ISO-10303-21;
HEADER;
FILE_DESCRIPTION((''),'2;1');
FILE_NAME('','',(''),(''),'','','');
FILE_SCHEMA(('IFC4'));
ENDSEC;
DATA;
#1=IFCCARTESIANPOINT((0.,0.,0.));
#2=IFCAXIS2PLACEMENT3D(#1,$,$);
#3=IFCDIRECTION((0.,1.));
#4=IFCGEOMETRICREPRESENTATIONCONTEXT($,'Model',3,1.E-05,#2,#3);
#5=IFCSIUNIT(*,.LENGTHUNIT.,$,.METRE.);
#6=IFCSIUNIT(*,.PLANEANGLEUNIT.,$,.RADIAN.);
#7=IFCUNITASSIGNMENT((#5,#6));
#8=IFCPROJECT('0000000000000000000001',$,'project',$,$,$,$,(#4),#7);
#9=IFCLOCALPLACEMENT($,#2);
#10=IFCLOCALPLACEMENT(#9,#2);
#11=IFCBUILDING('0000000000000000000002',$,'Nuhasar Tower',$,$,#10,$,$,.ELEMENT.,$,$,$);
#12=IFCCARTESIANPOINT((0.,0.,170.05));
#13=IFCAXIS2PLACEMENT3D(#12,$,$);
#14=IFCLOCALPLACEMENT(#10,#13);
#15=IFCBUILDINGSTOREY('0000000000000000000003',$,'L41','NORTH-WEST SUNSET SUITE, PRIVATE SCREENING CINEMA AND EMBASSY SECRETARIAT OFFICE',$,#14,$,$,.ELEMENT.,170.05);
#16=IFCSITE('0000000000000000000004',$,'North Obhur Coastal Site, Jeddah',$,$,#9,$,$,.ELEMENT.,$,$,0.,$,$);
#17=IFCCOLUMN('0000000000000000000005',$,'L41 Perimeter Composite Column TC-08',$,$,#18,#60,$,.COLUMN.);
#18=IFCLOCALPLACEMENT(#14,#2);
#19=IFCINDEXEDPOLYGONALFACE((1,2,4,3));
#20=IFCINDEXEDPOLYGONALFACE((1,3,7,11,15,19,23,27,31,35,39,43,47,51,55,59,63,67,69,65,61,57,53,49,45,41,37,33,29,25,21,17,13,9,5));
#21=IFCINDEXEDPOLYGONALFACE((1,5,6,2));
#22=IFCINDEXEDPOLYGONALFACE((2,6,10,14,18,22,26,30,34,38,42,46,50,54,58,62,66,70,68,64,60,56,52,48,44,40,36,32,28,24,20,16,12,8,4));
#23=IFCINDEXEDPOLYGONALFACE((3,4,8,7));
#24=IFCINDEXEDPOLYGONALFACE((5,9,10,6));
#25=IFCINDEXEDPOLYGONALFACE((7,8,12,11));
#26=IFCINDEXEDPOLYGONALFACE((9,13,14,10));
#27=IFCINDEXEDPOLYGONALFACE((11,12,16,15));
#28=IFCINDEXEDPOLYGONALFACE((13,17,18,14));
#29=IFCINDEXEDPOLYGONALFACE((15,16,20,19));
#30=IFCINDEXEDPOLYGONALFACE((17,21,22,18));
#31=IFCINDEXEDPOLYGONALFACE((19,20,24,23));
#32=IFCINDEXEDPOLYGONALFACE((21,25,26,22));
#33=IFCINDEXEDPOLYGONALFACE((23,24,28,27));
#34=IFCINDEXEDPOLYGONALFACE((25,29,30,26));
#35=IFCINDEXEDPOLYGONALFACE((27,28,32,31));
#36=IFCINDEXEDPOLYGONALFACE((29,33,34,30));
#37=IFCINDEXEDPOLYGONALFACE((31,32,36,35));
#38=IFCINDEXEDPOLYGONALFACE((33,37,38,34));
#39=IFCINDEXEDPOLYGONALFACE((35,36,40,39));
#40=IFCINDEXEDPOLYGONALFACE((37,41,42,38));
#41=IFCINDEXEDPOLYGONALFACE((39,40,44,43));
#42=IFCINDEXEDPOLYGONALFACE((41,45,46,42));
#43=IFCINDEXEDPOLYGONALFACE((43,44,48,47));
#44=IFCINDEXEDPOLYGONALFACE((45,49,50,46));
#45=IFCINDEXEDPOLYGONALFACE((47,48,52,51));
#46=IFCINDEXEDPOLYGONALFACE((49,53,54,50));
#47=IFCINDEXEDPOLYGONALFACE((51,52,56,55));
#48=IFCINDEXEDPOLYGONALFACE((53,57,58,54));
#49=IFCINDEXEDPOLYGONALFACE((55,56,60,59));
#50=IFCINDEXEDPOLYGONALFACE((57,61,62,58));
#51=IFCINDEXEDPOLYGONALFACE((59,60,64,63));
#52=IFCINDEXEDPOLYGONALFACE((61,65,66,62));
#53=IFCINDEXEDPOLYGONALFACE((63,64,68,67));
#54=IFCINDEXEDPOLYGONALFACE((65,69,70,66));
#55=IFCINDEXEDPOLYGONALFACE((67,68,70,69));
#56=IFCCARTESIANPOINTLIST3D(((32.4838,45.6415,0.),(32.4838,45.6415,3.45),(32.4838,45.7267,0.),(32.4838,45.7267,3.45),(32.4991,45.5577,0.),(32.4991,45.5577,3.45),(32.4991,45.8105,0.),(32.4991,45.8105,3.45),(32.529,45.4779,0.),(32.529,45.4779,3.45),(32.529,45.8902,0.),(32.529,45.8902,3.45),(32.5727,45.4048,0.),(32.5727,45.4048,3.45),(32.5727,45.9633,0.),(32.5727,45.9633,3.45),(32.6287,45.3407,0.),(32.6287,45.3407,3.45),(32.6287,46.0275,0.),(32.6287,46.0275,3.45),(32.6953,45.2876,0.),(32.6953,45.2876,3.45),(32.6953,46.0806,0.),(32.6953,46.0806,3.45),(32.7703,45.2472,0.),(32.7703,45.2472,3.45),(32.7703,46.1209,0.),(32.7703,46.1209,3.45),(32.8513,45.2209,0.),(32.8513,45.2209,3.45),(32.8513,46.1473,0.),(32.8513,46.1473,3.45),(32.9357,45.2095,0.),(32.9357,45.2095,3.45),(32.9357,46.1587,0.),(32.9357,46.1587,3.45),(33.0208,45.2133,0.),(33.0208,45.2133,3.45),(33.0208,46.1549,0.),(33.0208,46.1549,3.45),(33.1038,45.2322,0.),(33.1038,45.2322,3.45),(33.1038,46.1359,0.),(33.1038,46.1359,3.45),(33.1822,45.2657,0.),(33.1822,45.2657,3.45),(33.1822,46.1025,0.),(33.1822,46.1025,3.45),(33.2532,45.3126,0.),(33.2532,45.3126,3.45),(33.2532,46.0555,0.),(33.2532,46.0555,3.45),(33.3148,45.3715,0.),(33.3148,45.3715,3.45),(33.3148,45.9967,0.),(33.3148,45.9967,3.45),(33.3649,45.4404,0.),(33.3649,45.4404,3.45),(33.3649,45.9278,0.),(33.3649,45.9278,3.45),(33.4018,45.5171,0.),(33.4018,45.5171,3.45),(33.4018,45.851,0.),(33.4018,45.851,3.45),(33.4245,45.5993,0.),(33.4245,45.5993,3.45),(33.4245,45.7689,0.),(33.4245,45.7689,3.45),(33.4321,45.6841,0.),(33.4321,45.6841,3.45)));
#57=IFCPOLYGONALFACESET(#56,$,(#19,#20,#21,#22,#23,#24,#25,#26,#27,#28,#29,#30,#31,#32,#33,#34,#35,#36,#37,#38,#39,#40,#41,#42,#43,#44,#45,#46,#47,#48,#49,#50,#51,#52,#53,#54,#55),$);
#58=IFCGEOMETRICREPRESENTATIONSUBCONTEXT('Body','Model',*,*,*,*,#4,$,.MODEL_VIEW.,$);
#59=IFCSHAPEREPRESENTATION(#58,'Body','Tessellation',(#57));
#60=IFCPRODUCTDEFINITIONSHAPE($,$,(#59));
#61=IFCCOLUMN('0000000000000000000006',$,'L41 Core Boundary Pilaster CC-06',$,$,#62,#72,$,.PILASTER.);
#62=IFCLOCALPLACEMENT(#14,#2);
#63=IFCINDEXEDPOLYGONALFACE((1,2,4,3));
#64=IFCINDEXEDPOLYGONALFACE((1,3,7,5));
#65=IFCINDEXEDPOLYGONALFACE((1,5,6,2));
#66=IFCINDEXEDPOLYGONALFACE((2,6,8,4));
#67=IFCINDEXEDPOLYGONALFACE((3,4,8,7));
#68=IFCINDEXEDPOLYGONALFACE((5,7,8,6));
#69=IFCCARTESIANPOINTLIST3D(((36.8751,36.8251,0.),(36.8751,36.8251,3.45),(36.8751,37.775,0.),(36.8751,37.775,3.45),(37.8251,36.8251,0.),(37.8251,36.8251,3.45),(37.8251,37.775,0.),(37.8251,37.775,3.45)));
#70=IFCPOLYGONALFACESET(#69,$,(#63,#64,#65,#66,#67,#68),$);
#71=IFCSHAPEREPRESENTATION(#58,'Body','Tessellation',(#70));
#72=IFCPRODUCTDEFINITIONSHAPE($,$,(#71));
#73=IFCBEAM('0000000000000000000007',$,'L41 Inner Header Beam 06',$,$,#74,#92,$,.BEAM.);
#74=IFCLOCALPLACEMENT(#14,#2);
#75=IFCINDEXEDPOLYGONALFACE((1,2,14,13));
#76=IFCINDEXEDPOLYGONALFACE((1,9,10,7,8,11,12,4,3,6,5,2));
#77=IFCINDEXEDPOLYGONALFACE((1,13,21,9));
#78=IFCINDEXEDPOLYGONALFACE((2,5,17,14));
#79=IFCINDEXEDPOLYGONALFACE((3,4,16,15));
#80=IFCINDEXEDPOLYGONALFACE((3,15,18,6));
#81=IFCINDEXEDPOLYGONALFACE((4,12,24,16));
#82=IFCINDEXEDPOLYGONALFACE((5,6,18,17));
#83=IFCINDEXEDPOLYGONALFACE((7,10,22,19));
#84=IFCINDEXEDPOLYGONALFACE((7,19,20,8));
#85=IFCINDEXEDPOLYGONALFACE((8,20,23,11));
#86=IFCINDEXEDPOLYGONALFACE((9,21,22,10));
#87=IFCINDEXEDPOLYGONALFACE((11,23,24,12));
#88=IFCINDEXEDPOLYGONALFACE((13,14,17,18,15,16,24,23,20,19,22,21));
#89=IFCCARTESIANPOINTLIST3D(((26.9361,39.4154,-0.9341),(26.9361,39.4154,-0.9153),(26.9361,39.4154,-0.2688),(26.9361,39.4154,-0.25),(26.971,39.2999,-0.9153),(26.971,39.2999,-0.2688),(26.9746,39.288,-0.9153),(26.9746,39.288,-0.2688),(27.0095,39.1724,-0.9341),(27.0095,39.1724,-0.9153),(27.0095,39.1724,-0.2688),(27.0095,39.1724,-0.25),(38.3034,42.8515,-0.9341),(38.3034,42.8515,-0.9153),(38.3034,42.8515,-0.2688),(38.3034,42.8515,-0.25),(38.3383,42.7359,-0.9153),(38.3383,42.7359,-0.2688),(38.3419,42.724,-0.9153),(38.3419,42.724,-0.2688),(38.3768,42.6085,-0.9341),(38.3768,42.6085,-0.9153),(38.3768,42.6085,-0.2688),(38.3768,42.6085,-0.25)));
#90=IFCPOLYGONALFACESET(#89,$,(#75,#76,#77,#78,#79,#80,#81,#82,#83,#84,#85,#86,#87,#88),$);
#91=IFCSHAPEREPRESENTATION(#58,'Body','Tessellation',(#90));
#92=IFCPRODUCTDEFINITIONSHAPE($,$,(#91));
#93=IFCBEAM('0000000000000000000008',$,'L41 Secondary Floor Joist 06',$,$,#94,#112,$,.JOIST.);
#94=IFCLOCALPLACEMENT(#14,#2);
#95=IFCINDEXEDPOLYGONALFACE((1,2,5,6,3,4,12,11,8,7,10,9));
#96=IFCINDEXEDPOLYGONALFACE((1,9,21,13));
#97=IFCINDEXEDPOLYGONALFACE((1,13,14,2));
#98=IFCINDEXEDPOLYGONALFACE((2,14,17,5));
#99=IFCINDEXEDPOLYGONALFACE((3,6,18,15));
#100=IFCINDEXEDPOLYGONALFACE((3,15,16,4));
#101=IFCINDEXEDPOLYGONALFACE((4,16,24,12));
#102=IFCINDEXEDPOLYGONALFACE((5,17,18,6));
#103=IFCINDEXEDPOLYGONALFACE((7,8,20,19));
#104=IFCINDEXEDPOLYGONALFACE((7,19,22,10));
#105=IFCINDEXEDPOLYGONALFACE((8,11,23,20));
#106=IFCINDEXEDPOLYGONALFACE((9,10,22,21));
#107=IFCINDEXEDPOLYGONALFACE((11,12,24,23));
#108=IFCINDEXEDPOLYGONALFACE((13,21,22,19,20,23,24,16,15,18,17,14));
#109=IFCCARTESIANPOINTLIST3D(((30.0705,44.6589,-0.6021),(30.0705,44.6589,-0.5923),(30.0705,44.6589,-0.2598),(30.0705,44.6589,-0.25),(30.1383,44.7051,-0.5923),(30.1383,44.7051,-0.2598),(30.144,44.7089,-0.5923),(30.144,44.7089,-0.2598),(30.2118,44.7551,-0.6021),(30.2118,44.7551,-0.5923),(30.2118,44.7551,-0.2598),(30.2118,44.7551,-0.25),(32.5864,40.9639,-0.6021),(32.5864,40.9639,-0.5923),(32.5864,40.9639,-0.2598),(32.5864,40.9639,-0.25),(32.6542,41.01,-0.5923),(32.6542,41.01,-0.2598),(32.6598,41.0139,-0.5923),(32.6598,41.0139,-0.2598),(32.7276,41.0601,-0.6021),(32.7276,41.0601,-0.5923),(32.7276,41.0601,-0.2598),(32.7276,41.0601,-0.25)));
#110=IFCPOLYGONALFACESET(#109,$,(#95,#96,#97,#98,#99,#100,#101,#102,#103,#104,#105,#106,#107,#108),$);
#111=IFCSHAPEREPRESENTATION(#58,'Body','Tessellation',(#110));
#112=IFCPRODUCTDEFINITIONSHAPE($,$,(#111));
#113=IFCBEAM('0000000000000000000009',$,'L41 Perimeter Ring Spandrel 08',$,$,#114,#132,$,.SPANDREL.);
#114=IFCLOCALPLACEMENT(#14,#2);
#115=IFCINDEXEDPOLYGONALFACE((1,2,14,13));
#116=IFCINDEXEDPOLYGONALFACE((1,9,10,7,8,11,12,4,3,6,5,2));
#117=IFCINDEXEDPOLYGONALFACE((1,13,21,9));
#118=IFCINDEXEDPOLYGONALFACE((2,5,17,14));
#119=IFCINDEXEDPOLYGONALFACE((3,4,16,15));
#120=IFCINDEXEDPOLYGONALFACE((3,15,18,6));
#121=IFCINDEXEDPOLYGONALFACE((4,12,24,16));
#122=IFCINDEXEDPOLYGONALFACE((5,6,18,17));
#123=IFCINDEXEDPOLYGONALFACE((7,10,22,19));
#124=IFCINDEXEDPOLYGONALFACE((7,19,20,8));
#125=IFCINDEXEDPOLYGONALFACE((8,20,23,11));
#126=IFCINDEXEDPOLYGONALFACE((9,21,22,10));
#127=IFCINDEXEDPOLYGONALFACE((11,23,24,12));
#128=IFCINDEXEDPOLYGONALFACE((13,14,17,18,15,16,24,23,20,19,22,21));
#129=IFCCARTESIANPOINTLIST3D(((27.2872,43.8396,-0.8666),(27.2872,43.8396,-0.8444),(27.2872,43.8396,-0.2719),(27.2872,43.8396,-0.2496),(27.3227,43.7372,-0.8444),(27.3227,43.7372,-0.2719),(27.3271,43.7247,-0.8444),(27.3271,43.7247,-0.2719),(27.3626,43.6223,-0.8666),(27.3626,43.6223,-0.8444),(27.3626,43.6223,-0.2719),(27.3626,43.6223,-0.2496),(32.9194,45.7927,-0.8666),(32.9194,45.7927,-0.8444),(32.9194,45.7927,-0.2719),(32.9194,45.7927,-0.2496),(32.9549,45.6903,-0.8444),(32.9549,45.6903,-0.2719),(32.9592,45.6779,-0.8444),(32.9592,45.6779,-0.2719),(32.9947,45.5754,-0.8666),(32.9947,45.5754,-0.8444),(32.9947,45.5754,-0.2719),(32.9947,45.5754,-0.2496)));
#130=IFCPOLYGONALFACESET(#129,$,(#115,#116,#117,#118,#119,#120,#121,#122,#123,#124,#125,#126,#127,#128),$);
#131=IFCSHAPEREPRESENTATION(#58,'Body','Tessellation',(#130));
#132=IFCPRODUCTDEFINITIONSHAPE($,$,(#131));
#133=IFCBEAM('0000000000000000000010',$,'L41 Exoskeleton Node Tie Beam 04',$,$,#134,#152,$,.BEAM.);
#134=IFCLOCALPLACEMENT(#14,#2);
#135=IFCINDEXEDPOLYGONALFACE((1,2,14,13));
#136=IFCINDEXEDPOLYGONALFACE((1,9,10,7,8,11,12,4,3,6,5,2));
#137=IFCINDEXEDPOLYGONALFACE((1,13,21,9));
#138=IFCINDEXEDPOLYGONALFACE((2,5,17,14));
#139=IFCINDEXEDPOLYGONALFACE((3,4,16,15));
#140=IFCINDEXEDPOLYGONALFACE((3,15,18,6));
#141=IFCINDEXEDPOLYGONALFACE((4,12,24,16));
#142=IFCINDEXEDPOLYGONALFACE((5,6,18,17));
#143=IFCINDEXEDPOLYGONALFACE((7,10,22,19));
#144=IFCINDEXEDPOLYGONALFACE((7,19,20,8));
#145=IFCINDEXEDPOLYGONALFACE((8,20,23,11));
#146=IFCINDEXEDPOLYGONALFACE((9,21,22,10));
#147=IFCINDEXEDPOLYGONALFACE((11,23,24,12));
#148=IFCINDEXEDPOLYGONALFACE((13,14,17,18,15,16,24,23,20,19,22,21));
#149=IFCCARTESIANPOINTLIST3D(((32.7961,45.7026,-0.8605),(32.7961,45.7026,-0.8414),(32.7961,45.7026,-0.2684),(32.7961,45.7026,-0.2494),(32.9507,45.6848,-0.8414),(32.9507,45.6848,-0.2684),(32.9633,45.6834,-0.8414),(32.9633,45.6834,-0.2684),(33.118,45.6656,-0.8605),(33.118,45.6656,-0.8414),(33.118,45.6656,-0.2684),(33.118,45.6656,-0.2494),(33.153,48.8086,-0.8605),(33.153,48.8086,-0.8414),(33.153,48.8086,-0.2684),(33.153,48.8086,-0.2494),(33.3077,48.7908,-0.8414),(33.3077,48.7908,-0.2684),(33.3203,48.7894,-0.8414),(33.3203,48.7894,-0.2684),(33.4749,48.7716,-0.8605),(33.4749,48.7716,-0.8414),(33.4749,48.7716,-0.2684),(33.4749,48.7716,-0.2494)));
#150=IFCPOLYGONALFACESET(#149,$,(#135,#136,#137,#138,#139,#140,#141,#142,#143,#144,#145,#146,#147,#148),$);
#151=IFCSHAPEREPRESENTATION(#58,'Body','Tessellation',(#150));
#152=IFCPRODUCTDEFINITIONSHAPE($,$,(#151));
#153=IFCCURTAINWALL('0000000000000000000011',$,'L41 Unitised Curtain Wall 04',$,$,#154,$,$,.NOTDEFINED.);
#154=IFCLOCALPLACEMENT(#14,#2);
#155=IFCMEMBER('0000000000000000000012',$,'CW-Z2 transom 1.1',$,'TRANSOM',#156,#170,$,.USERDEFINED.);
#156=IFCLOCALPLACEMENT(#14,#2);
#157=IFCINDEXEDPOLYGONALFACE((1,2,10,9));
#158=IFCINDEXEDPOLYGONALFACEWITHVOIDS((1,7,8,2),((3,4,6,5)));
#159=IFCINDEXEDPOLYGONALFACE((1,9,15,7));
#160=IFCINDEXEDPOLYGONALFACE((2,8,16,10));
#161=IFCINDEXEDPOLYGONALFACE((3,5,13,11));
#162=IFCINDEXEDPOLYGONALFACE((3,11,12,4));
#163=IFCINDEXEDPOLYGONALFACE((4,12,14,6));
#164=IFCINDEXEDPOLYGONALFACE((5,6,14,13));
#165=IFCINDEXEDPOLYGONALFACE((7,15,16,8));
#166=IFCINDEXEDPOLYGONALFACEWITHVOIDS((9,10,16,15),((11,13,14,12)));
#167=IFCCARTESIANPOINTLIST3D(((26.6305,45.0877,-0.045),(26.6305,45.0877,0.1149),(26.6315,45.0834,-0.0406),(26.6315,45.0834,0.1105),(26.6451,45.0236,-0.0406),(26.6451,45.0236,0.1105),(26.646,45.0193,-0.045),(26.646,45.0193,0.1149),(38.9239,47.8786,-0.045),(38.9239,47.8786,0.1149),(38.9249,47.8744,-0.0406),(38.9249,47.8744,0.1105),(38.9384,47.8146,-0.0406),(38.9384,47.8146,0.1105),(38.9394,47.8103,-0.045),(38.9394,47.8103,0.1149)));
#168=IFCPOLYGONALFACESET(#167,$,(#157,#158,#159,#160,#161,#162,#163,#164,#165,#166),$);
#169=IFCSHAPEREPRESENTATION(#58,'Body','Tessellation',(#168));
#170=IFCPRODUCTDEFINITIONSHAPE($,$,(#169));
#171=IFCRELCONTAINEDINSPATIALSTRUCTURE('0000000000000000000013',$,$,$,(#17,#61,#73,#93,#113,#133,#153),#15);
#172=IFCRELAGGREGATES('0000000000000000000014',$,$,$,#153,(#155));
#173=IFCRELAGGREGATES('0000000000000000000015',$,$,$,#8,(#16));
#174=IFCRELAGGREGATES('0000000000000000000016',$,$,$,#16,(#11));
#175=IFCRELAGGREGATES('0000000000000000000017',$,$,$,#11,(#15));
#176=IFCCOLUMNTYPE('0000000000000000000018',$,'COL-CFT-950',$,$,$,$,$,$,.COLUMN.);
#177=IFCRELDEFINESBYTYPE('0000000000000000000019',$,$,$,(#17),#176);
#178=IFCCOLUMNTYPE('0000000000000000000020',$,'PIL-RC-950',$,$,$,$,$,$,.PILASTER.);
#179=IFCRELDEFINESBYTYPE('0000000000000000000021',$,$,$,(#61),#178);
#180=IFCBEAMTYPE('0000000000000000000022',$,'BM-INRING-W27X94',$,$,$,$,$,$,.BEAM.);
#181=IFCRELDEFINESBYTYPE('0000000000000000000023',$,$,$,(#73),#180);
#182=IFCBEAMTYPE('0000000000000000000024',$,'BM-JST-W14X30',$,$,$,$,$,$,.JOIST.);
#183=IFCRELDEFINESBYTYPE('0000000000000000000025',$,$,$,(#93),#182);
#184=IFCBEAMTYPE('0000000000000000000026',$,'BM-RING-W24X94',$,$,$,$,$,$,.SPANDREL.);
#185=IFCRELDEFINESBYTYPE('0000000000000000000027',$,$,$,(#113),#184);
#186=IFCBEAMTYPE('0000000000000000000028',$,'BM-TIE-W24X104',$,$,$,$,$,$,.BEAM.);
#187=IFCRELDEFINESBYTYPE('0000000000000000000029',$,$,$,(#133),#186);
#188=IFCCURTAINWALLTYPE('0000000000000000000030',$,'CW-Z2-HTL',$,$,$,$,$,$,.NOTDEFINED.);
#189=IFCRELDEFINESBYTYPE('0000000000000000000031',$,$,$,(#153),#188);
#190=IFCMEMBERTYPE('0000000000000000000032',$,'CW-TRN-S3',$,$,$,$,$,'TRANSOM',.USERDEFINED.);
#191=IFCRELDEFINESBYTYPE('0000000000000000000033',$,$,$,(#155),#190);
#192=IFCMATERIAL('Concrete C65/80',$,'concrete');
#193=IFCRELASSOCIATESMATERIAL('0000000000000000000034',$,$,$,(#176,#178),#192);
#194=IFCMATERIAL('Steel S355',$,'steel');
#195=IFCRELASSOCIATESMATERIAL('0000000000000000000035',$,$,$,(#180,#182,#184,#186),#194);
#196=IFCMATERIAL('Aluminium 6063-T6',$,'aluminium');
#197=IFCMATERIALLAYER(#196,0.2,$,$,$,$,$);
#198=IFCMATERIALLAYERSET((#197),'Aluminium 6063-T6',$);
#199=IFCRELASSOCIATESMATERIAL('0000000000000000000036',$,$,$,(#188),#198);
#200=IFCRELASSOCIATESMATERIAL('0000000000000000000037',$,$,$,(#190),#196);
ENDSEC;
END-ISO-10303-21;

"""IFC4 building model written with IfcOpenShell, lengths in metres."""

from ifc_helpers import new_model, si_unit, direction, frame, origin, origin_2d, place, context, subcontext, project, spatial, rectangle, hollow_rectangle, circle, i_section, extrude, material, layer, layer_set, material_profile, profile_set, type_object, element, aggregate, save


model = new_model("IFC4")

# Units and contexts
model_context = context("Model", 3, precision=1e-05, world=origin(), true_north=direction((0.0, 1.0)))
body_context = subcontext(model_context, "Body", "Model", "MODEL_VIEW")
ifc_project = project(units=[si_unit("LENGTHUNIT", "METRE"), si_unit("PLANEANGLEUNIT", "RADIAN")], contexts=[model_context])

# Site, building, storey
site_placement = place(None, origin())
site = spatial("IfcSite", under=ifc_project, at=site_placement, Name="North Obhur Coastal Site, Jeddah", CompositionType="ELEMENT", RefElevation=0.0)
building_placement = place(site_placement, origin())
building = spatial("IfcBuilding", under=site, at=building_placement, Name="Nuhasar Tower", CompositionType="ELEMENT")
storey_placement = place(building_placement, frame((0.0, 0.0, 170.05)))
storey = spatial("IfcBuildingStorey", under=building, at=storey_placement, Name="L41", Description="NORTH-WEST SUNSET SUITE, PRIVATE SCREENING CINEMA AND EMBASSY SECRETARIAT OFFICE", CompositionType="ELEMENT", Elevation=170.05)

# Columns
ifc_material_1 = material(Name="Concrete C65/80", Category="concrete")
ifc_material_profile_1 = material_profile(ifc_material_1, circle(Radius=0.4751, at=origin_2d()), Name="CFT950")
ifc_profile_set_1 = profile_set([ifc_material_profile_1], Name="Concrete C65/80")
column_type_1 = type_object("IfcColumnType", Name="COL-CFT-950", PredefinedType="COLUMN", material=ifc_profile_set_1)
column_1_placement = place(storey_placement, frame((32.957, 45.6841, 0.0), z_axis=(0.0, 0.0, 1.0), x_axis=(1.0, 0.0, 0.0)))
element("IfcColumn", 1, at=column_1_placement, inside=storey, type_object=column_type_1, Name="L41 Perimeter Composite Column TC-08", PredefinedType="COLUMN", context=body_context, shape_type="SweptSolid", body=[
    extrude(circle(Radius=0.4751, at=origin_2d()), origin(), (0.0, 0.0, 1.0), 3.45),
])
ifc_material_profile_2 = material_profile(ifc_material_1, rectangle(XDim=0.95, YDim=0.95, at=origin_2d()), Name="RC950X950")
ifc_profile_set_2 = profile_set([ifc_material_profile_2], Name="Concrete C65/80")
column_type_2 = type_object("IfcColumnType", Name="PIL-RC-950", PredefinedType="PILASTER", material=ifc_profile_set_2)
column_2_placement = place(storey_placement, frame((37.3501, 37.3, 0.0), z_axis=(0.0, 0.0, 1.0), x_axis=(1.0, 0.0, 0.0)))
element("IfcColumn", 2, at=column_2_placement, inside=storey, type_object=column_type_2, Name="L41 Core Boundary Pilaster CC-06", PredefinedType="PILASTER", context=body_context, shape_type="SweptSolid", body=[
    extrude(rectangle(XDim=0.95, YDim=0.95, at=origin_2d()), origin(), (0.0, 0.0, 1.0), 3.45),
])

# Beams
ifc_material_2 = material(Name="Steel S355", Category="steel")
ifc_material_profile_3 = material_profile(ifc_material_2, i_section(OverallWidth=0.2539, OverallDepth=0.6841, WebThickness=0.0125, FlangeThickness=0.0188, at=origin_2d()), Name="W27X94")
ifc_profile_set_3 = profile_set([ifc_material_profile_3], Name="Steel S355")
beam_type_1 = type_object("IfcBeamType", Name="BM-INRING-W27X94", PredefinedType="BEAM", material=ifc_profile_set_3)
beam_1_placement = place(storey_placement, frame((38.3401, 42.73, -0.592), z_axis=(-0.957224, -0.289347, 0.0), x_axis=(0.289347, -0.957224, 0.0)))
element("IfcBeam", 3, at=beam_1_placement, inside=storey, type_object=beam_type_1, Name="L41 Inner Header Beam 06", PredefinedType="BEAM", context=body_context, shape_type="SweptSolid", body=[
    extrude(i_section(OverallWidth=0.2539, OverallDepth=0.6841, WebThickness=0.0125, FlangeThickness=0.0188, at=origin_2d()), origin(), (0.0, 0.0, 1.0), 11.8752),
])
ifc_material_profile_4 = material_profile(ifc_material_2, i_section(OverallWidth=0.1709, OverallDepth=0.3521, WebThickness=0.0068, FlangeThickness=0.0098, at=origin_2d()), Name="W14X30")
ifc_profile_set_4 = profile_set([ifc_material_profile_4], Name="Steel S355")
beam_type_2 = type_object("IfcBeamType", Name="BM-JST-W14X30", PredefinedType="JOIST", material=ifc_profile_set_4)
beam_2_placement = place(storey_placement, frame((32.657, 41.012, -0.426), z_axis=(-0.562803, 0.826591, 0.0), x_axis=(-0.826591, -0.562803, 0.0)))
element("IfcBeam", 4, at=beam_2_placement, inside=storey, type_object=beam_type_2, Name="L41 Secondary Floor Joist 06", PredefinedType="JOIST", context=body_context, shape_type="SweptSolid", body=[
    extrude(i_section(OverallWidth=0.1709, OverallDepth=0.3521, WebThickness=0.0068, FlangeThickness=0.0098, at=origin_2d()), origin(), (0.0, 0.0, 1.0), 4.4702),
])
ifc_material_profile_5 = material_profile(ifc_material_2, i_section(OverallWidth=0.23, OverallDepth=0.6169, WebThickness=0.0132, FlangeThickness=0.0222, at=origin_2d()), Name="W24X94")
ifc_profile_set_5 = profile_set([ifc_material_profile_5], Name="Steel S355")
beam_type_3 = type_object("IfcBeamType", Name="BM-RING-W24X94", PredefinedType="SPANDREL", material=ifc_profile_set_5)
beam_3_placement = place(storey_placement, frame((32.957, 45.6841, -0.5581), z_axis=(-0.944801, -0.327644, 0.0), x_axis=(0.327644, -0.944801, 0.0)))
element("IfcBeam", 5, at=beam_3_placement, inside=storey, type_object=beam_type_3, Name="L41 Perimeter Ring Spandrel 08", PredefinedType="SPANDREL", context=body_context, shape_type="SweptSolid", body=[
    extrude(i_section(OverallWidth=0.23, OverallDepth=0.6169, WebThickness=0.0132, FlangeThickness=0.0222, at=origin_2d()), origin(), (0.0, 0.0, 1.0), 5.9612),
])
ifc_material_profile_6 = material_profile(ifc_material_2, i_section(OverallWidth=0.324, OverallDepth=0.6111, WebThickness=0.0127, FlangeThickness=0.019, at=origin_2d()), Name="W24X104")
ifc_profile_set_6 = profile_set([ifc_material_profile_6], Name="Steel S355")
beam_type_4 = type_object("IfcBeamType", Name="BM-TIE-W24X104", PredefinedType="BEAM", material=ifc_profile_set_6)
beam_4_placement = place(storey_placement, frame((32.957, 45.6841, -0.5549), z_axis=(0.114168, 0.993461, 0.0), x_axis=(-0.993461, 0.114168, 0.0)))
element("IfcBeam", 6, at=beam_4_placement, inside=storey, type_object=beam_type_4, Name="L41 Exoskeleton Node Tie Beam 04", PredefinedType="BEAM", context=body_context, shape_type="SweptSolid", body=[
    extrude(i_section(OverallWidth=0.324, OverallDepth=0.6111, WebThickness=0.0127, FlangeThickness=0.019, at=origin_2d()), origin(), (0.0, 0.0, 1.0), 3.1265),
])

# Curtain wall, member
ifc_material_3 = material(Name="Aluminium 6063-T6", Category="aluminium")
ifc_layer_1 = layer(ifc_material_3, 0.2)
ifc_layer_set_1 = layer_set([ifc_layer_1], Name="Aluminium 6063-T6")
curtain_wall_type = type_object("IfcCurtainWallType", Name="CW-Z2-HTL", PredefinedType="NOTDEFINED", material=ifc_layer_set_1)
curtain_wall_placement = place(storey_placement, origin())
curtain_wall = element("IfcCurtainWall", 7, at=curtain_wall_placement, inside=storey, type_object=curtain_wall_type, Name="L41 Unitised Curtain Wall 04", PredefinedType="NOTDEFINED")
ifc_material_profile_7 = material_profile(ifc_material_3, hollow_rectangle(XDim=0.0701, YDim=0.1599, WallThickness=0.0044, at=origin_2d()), Name="CWT-3")
ifc_profile_set_7 = profile_set([ifc_material_profile_7], Name="Aluminium 6063-T6")
member_type_1 = type_object("IfcMemberType", Name="CW-TRN-S3", ElementType="TRANSOM", PredefinedType="USERDEFINED", material=ifc_profile_set_7)
member_1_placement = place(storey_placement, frame((38.9316, 47.8445, 0.0349), z_axis=(-0.975183, -0.221398, 0.0), x_axis=(0.221398, -0.975183, 0.0)))
member_1 = element("IfcMember", 8, at=member_1_placement, type_object=member_type_1, Name="CW-Z2 transom 1.1", ObjectType="TRANSOM", PredefinedType="USERDEFINED", context=body_context, shape_type="SweptSolid", body=[
    extrude(hollow_rectangle(XDim=0.0701, YDim=0.1599, WallThickness=0.0044, at=origin_2d()), origin(), (0.0, 0.0, 1.0), 12.6062),
])

aggregate(curtain_wall, [member_1])

save(model, "model.ifc")
